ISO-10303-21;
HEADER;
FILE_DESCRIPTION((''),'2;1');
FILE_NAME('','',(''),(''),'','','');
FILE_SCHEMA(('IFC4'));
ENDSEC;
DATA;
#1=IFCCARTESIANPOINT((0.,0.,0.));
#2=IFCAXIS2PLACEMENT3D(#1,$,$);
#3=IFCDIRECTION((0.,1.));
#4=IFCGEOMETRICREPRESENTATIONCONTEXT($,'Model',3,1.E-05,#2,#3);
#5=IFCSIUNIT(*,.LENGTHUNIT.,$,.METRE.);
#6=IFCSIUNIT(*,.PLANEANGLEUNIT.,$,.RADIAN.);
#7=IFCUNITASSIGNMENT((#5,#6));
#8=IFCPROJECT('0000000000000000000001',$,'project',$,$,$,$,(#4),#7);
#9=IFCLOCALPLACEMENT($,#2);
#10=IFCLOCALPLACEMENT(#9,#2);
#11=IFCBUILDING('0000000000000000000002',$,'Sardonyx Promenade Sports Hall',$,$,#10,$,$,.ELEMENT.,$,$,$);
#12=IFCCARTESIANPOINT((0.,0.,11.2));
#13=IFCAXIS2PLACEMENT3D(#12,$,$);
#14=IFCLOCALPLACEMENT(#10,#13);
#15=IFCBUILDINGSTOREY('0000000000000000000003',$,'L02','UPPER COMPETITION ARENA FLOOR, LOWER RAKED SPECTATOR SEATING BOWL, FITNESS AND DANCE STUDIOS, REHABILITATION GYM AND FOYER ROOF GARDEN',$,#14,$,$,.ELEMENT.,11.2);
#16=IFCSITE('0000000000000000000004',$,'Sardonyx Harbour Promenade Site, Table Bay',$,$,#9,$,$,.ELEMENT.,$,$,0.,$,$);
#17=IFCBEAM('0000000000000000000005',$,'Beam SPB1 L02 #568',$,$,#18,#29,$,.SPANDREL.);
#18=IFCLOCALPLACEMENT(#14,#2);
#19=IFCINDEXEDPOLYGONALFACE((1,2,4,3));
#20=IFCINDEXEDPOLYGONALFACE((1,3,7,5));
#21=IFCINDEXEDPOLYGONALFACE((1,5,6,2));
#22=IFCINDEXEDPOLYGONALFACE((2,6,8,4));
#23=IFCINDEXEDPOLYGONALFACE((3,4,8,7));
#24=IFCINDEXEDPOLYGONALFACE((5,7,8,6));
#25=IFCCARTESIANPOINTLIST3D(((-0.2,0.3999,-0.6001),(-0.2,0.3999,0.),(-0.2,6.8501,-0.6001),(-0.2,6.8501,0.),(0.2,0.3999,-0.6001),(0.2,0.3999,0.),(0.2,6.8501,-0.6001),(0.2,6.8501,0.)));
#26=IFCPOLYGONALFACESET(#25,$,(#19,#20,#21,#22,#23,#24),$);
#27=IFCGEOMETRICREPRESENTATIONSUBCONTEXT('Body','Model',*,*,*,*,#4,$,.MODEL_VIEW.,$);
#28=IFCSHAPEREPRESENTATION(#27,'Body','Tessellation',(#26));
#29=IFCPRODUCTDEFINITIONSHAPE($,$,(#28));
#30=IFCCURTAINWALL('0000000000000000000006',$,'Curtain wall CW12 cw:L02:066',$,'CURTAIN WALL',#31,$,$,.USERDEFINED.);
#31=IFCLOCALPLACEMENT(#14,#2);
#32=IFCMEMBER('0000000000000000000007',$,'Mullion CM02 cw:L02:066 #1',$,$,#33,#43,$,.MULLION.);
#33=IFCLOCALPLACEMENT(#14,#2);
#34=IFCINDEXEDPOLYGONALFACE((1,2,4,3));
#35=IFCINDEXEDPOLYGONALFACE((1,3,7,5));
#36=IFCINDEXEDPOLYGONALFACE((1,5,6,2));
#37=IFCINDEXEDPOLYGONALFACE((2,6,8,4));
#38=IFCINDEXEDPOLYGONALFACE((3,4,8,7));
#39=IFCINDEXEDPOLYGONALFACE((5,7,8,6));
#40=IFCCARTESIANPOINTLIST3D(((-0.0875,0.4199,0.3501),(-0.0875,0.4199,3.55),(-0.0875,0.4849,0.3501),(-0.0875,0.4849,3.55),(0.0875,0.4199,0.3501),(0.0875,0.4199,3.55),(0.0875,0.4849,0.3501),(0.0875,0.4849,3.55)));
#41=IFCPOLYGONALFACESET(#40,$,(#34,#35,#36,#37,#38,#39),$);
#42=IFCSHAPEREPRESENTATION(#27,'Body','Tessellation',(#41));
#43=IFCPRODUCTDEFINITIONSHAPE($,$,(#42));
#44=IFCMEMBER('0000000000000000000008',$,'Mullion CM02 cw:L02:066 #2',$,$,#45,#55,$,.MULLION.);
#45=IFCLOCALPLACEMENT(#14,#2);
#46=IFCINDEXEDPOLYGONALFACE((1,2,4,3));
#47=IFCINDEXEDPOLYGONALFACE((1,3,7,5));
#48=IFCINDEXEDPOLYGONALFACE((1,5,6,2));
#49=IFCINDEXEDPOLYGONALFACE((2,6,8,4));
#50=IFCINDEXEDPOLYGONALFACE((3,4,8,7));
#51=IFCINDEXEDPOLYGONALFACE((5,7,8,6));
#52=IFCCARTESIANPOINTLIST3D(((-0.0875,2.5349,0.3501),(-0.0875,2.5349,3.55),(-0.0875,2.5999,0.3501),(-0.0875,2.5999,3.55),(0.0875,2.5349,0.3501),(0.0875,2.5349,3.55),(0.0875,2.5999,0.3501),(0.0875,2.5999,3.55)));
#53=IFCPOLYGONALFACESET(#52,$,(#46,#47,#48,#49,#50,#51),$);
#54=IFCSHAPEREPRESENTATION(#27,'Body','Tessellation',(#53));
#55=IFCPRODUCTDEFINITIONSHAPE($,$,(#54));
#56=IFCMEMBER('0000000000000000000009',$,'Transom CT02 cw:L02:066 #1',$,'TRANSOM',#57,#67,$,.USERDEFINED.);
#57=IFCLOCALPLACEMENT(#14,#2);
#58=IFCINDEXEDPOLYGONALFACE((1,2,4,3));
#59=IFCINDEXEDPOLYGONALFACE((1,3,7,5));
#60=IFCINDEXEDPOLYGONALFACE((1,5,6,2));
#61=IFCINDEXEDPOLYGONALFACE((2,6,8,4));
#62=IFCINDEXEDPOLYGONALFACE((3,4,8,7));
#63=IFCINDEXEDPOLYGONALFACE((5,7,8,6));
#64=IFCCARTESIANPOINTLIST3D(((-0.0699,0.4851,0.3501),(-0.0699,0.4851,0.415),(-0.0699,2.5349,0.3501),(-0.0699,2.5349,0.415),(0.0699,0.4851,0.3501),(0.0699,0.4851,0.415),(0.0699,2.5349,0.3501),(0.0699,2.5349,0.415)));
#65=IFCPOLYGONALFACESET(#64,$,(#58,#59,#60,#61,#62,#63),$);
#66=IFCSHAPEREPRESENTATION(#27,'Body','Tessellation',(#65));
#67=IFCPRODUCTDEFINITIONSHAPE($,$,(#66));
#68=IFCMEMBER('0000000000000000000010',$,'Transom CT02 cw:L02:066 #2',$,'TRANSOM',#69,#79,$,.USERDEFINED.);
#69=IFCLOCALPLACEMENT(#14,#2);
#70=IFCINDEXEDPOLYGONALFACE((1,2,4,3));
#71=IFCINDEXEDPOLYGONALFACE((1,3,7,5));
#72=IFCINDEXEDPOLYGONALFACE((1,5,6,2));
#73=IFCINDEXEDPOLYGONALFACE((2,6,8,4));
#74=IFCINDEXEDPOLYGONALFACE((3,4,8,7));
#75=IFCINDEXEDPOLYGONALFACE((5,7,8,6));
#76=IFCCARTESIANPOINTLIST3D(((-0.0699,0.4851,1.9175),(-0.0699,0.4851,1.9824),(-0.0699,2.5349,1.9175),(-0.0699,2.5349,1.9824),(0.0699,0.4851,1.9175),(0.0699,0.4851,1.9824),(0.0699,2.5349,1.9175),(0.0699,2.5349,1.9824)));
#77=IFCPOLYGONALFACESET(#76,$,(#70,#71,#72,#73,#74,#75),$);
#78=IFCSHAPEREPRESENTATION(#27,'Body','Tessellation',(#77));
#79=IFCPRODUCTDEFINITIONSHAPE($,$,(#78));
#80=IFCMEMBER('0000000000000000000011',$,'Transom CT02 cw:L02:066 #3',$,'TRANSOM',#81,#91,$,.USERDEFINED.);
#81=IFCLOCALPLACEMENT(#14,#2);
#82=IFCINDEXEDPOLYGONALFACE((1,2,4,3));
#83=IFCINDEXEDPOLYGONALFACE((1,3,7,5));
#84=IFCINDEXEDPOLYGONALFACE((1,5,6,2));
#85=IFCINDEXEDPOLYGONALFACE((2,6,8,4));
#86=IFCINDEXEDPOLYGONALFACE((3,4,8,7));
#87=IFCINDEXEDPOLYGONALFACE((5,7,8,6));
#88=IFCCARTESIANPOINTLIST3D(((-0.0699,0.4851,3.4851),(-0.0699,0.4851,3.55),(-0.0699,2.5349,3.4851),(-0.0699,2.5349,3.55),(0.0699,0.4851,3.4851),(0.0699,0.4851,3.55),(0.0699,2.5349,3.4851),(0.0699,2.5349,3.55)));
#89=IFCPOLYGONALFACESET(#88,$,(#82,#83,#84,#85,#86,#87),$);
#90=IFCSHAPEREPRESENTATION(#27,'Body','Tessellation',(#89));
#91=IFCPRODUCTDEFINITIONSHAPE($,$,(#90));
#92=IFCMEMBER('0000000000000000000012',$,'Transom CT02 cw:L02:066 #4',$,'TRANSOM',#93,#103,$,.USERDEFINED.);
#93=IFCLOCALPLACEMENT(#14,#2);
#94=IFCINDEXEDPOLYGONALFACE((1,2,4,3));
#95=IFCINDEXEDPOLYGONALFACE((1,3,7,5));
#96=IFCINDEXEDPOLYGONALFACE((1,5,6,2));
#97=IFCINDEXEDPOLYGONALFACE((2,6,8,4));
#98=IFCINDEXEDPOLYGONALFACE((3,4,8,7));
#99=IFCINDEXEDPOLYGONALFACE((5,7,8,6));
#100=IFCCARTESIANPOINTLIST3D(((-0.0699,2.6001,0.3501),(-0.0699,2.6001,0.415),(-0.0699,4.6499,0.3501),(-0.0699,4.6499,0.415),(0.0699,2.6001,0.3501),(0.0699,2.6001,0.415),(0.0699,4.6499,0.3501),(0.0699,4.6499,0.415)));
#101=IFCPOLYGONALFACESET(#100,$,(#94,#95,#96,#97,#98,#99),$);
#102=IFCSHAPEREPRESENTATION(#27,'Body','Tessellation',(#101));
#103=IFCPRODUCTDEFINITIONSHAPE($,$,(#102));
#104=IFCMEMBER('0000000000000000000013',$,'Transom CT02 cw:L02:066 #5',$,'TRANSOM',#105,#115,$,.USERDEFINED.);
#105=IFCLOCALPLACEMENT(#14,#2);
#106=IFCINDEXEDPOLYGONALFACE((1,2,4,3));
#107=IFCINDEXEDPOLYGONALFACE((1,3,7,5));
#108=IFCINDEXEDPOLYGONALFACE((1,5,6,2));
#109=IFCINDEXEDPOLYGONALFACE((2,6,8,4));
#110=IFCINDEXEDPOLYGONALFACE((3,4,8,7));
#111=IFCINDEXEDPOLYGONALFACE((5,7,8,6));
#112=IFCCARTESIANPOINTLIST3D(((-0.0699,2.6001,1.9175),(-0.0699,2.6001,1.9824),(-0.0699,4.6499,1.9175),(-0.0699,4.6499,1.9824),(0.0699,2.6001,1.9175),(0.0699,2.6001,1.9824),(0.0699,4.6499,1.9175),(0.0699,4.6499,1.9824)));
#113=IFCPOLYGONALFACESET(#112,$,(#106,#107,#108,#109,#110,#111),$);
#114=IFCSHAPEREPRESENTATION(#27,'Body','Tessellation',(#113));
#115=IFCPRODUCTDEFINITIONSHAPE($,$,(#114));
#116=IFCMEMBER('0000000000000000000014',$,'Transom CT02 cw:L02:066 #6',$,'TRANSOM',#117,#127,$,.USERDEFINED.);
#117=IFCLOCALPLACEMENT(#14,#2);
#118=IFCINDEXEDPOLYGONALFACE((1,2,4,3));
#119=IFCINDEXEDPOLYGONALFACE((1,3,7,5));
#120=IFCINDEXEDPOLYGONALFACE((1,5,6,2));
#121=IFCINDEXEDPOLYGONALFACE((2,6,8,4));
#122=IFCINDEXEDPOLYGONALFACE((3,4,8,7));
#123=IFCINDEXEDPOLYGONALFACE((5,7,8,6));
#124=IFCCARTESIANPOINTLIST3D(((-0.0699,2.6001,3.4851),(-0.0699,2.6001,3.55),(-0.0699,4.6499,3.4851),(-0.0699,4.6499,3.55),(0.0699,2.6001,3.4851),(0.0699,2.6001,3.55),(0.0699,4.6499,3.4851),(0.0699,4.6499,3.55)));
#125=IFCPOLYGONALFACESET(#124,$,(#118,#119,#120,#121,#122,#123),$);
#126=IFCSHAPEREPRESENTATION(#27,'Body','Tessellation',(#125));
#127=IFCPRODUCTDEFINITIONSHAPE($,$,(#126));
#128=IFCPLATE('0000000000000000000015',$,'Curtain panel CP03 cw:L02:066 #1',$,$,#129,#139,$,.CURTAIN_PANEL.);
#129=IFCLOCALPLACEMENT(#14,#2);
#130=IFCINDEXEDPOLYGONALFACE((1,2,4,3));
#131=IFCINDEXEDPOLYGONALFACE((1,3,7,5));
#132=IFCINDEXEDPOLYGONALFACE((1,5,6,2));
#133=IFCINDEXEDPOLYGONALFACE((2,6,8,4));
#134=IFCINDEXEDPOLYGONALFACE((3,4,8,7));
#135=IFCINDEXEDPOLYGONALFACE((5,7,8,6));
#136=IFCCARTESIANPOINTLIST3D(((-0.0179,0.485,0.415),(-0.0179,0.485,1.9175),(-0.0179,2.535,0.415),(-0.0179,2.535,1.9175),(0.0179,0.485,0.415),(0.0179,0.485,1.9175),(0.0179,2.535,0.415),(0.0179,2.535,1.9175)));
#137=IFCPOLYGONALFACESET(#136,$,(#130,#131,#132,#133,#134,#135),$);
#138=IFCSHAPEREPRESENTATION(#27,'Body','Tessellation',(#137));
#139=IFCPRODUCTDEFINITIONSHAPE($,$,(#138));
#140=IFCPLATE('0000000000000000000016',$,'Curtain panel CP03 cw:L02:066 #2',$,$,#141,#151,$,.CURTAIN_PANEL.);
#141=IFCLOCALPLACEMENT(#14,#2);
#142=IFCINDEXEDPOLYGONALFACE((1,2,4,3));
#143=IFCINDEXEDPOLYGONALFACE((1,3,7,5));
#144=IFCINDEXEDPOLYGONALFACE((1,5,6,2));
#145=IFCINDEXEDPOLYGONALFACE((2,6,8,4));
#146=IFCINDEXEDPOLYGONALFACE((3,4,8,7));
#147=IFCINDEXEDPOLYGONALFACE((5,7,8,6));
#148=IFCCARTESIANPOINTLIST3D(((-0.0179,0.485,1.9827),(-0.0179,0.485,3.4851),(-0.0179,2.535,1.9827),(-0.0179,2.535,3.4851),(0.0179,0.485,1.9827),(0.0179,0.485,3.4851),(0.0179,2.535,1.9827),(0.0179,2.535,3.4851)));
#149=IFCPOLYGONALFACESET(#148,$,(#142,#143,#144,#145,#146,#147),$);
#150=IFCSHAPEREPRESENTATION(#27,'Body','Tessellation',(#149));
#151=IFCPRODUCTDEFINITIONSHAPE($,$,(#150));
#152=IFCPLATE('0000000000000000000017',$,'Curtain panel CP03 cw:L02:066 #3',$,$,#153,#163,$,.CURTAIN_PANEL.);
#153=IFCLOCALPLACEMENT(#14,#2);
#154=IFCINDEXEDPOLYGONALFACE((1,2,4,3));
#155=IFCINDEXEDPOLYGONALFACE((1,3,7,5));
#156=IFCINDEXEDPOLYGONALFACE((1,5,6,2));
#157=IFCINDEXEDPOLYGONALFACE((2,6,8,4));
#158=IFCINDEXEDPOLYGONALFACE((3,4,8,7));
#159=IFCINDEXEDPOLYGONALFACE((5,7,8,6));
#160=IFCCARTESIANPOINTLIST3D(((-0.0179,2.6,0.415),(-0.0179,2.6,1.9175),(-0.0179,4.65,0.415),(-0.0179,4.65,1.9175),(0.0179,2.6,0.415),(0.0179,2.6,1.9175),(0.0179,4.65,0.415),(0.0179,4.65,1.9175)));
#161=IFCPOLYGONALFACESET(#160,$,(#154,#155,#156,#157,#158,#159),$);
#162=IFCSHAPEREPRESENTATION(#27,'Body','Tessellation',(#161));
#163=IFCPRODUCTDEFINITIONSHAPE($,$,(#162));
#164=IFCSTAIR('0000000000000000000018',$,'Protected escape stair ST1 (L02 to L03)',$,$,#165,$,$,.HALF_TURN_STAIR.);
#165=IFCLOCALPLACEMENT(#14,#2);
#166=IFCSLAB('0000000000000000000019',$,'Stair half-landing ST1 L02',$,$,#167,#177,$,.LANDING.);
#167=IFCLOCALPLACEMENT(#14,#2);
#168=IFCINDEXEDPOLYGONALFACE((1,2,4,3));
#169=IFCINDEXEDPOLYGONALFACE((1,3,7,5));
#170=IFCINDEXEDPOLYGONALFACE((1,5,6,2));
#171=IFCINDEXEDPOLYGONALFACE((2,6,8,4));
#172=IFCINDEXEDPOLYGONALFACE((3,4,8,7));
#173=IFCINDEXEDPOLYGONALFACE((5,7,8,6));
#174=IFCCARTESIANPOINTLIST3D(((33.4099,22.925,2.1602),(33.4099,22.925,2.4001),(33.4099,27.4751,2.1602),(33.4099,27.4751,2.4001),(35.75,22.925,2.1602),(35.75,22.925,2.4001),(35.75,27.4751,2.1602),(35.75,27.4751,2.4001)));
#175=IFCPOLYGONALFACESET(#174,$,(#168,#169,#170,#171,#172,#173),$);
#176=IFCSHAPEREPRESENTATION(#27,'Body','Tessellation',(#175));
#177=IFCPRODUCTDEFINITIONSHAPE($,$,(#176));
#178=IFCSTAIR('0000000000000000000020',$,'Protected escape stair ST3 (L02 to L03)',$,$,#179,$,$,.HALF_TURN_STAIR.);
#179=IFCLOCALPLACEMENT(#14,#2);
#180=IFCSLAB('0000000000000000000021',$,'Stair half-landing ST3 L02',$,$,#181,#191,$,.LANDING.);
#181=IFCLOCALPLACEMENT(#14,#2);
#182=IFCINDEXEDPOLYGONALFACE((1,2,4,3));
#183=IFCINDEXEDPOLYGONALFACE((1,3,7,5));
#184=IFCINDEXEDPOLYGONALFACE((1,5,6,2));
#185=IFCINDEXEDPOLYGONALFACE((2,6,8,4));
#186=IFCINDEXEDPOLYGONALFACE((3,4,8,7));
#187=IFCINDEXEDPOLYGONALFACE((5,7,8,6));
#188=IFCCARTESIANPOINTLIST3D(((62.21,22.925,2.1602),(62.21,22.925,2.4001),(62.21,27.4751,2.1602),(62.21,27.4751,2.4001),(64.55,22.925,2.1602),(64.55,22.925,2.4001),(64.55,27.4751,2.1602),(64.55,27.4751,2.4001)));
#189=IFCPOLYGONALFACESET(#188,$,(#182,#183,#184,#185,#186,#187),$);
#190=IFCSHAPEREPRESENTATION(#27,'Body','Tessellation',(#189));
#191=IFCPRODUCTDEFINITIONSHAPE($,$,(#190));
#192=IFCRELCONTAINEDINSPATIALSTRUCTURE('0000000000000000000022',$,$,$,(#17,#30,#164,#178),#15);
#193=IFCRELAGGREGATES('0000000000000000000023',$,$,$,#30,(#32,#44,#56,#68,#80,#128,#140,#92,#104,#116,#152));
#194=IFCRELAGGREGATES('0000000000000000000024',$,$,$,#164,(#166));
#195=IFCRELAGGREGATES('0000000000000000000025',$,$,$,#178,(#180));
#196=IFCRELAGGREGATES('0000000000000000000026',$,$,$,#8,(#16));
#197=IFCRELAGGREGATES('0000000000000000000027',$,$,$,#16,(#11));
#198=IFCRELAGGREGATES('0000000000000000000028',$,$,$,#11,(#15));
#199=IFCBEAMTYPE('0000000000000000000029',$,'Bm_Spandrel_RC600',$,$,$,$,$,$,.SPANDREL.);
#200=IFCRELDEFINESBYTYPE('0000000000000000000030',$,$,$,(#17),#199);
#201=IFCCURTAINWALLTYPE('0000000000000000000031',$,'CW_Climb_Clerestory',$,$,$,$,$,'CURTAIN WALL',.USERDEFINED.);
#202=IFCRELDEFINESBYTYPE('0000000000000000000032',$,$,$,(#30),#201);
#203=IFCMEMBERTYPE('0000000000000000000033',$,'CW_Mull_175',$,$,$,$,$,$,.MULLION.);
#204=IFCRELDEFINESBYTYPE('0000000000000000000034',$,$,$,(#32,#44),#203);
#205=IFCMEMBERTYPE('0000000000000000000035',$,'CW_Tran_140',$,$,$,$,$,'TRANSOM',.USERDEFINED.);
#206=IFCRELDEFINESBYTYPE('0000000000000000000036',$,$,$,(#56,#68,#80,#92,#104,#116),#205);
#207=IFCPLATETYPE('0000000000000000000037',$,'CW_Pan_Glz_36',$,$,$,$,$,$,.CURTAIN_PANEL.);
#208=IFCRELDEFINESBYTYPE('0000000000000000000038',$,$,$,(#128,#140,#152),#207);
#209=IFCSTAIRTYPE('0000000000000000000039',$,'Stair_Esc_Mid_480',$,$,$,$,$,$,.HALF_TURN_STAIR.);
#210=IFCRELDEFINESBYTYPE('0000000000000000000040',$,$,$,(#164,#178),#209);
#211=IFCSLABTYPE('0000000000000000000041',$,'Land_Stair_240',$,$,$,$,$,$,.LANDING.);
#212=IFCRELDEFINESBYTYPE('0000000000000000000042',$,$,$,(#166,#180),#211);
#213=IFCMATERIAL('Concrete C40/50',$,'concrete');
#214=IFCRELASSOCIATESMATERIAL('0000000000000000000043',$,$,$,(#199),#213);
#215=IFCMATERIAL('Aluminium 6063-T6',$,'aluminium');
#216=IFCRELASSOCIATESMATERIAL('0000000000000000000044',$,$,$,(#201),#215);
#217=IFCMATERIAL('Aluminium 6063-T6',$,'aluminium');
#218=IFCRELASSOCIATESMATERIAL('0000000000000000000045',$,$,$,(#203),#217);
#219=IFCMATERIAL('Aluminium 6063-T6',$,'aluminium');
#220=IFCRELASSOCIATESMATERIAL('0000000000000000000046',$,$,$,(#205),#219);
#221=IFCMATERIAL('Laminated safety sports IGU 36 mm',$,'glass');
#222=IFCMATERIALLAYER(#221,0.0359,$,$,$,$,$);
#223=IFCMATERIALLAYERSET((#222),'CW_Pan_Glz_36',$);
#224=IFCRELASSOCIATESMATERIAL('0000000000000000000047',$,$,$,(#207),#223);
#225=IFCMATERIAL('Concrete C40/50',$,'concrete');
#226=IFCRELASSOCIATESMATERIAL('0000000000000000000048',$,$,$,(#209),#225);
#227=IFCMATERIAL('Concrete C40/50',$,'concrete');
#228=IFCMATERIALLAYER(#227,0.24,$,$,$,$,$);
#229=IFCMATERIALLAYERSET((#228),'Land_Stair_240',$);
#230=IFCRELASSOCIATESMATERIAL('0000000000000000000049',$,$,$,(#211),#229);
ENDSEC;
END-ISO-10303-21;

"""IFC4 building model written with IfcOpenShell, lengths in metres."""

from ifc_helpers import new_model, si_unit, direction, frame, origin, origin_2d, place, context, subcontext, project, spatial, polyline, rectangle, outline, extrude, material, layer, layer_set, material_profile, profile_set, type_object, element, aggregate, save


model = new_model("IFC4")

# Units and contexts
model_context = context("Model", 3, precision=1e-05, world=origin(), true_north=direction((0.0, 1.0)))
body_context = subcontext(model_context, "Body", "Model", "MODEL_VIEW")
ifc_project = project(units=[si_unit("LENGTHUNIT", "METRE"), si_unit("PLANEANGLEUNIT", "RADIAN")], contexts=[model_context])

# Site, building, storey
site_placement = place(None, origin())
site = spatial("IfcSite", under=ifc_project, at=site_placement, Name="Sardonyx Harbour Promenade Site, Table Bay", CompositionType="ELEMENT", RefElevation=0.0)
building_placement = place(site_placement, origin())
building = spatial("IfcBuilding", under=site, at=building_placement, Name="Sardonyx Promenade Sports Hall", CompositionType="ELEMENT")
storey_placement = place(building_placement, frame((0.0, 0.0, 11.2)))
storey = spatial("IfcBuildingStorey", under=building, at=storey_placement, Name="L02", Description="UPPER COMPETITION ARENA FLOOR, LOWER RAKED SPECTATOR SEATING BOWL, FITNESS AND DANCE STUDIOS, REHABILITATION GYM AND FOYER ROOF GARDEN", CompositionType="ELEMENT", Elevation=11.2)

# Beam
ifc_material_1 = material(Name="Concrete C40/50", Category="concrete")
ifc_material_profile_1 = material_profile(ifc_material_1, rectangle(XDim=0.3999, YDim=0.6001, at=origin_2d()))
ifc_profile_set_1 = profile_set([ifc_material_profile_1], Name="Concrete C40/50")
beam_type = type_object("IfcBeamType", Name="Bm_Spandrel_RC600", PredefinedType="SPANDREL", material=ifc_profile_set_1)
beam_placement = place(storey_placement, frame((0.0, 0.3999, -0.3), z_axis=(0.0, 1.0, 0.0), x_axis=(-1.0, 0.0, 0.0)))
element("IfcBeam", 1, at=beam_placement, inside=storey, type_object=beam_type, Name="Beam SPB1 L02 #568", PredefinedType="SPANDREL", context=body_context, shape_type="SweptSolid", body=[
    extrude(rectangle(XDim=0.3999, YDim=0.6001, at=origin_2d()), origin(), (0.0, 0.0, 1.0), 6.4502),
])

# Curtain wall, members, plates
ifc_material_2 = material(Name="Aluminium 6063-T6", Category="aluminium")
curtain_wall_type = type_object("IfcCurtainWallType", Name="CW_Climb_Clerestory", ElementType="CURTAIN WALL", PredefinedType="USERDEFINED", material=ifc_material_2)
curtain_wall_placement = place(storey_placement, origin())
curtain_wall = element("IfcCurtainWall", 2, at=curtain_wall_placement, inside=storey, type_object=curtain_wall_type, Name="Curtain wall CW12 cw:L02:066", ObjectType="CURTAIN WALL", PredefinedType="USERDEFINED")
ifc_material_3 = material(Name="Aluminium 6063-T6", Category="aluminium")
ifc_material_profile_2 = material_profile(ifc_material_3, rectangle(XDim=0.0649, YDim=0.175, at=origin_2d()))
ifc_profile_set_2 = profile_set([ifc_material_profile_2], Name="Aluminium 6063-T6")
member_type_1 = type_object("IfcMemberType", Name="CW_Mull_175", PredefinedType="MULLION", material=ifc_profile_set_2)
member_1_placement = place(storey_placement, frame((0.0, 0.4524, 0.3501), z_axis=(0.0, 0.0, 1.0), x_axis=(0.0, 1.0, 0.0)))
member_1 = element("IfcMember", 3, at=member_1_placement, type_object=member_type_1, Name="Mullion CM02 cw:L02:066 #1", PredefinedType="MULLION", context=body_context, shape_type="SweptSolid", body=[
    extrude(rectangle(XDim=0.0649, YDim=0.175, at=origin_2d()), origin(), (0.0, 0.0, 1.0), 3.2),
])
member_2_placement = place(storey_placement, frame((0.0, 2.5674, 0.3501), z_axis=(0.0, 0.0, 1.0), x_axis=(0.0, 1.0, 0.0)))
member_2 = element("IfcMember", 4, at=member_2_placement, type_object=member_type_1, Name="Mullion CM02 cw:L02:066 #2", PredefinedType="MULLION", context=body_context, shape_type="SweptSolid", body=[
    extrude(rectangle(XDim=0.0649, YDim=0.175, at=origin_2d()), origin(), (0.0, 0.0, 1.0), 3.2),
])
ifc_material_4 = material(Name="Aluminium 6063-T6", Category="aluminium")
ifc_material_profile_3 = material_profile(ifc_material_4, rectangle(XDim=0.0649, YDim=0.1399, at=origin_2d()))
ifc_profile_set_3 = profile_set([ifc_material_profile_3], Name="Aluminium 6063-T6")
member_type_2 = type_object("IfcMemberType", Name="CW_Tran_140", ElementType="TRANSOM", PredefinedType="USERDEFINED", material=ifc_profile_set_3)
member_3_placement = place(storey_placement, frame((0.0, 0.4851, 0.3826), z_axis=(0.0, 1.0, 0.0), x_axis=(0.0, 0.0, 1.0)))
member_3 = element("IfcMember", 5, at=member_3_placement, type_object=member_type_2, Name="Transom CT02 cw:L02:066 #1", ObjectType="TRANSOM", PredefinedType="USERDEFINED", context=body_context, shape_type="SweptSolid", body=[
    extrude(rectangle(XDim=0.0649, YDim=0.1399, at=origin_2d()), origin(), (0.0, 0.0, 1.0), 2.0498),
])
member_4_placement = place(storey_placement, frame((0.0, 0.4851, 1.95), z_axis=(0.0, 1.0, 0.0), x_axis=(0.0, 0.0, 1.0)))
member_4 = element("IfcMember", 6, at=member_4_placement, type_object=member_type_2, Name="Transom CT02 cw:L02:066 #2", ObjectType="TRANSOM", PredefinedType="USERDEFINED", context=body_context, shape_type="SweptSolid", body=[
    extrude(rectangle(XDim=0.0649, YDim=0.1399, at=origin_2d()), origin(), (0.0, 0.0, 1.0), 2.0498),
])
member_5_placement = place(storey_placement, frame((0.0, 0.4851, 3.5176), z_axis=(0.0, 1.0, 0.0), x_axis=(0.0, 0.0, 1.0)))
member_5 = element("IfcMember", 7, at=member_5_placement, type_object=member_type_2, Name="Transom CT02 cw:L02:066 #3", ObjectType="TRANSOM", PredefinedType="USERDEFINED", context=body_context, shape_type="SweptSolid", body=[
    extrude(rectangle(XDim=0.0649, YDim=0.1399, at=origin_2d()), origin(), (0.0, 0.0, 1.0), 2.0498),
])
member_6_placement = place(storey_placement, frame((0.0, 2.6001, 0.3826), z_axis=(0.0, 1.0, 0.0), x_axis=(0.0, 0.0, 1.0)))
member_6 = element("IfcMember", 8, at=member_6_placement, type_object=member_type_2, Name="Transom CT02 cw:L02:066 #4", ObjectType="TRANSOM", PredefinedType="USERDEFINED", context=body_context, shape_type="SweptSolid", body=[
    extrude(rectangle(XDim=0.0649, YDim=0.1399, at=origin_2d()), origin(), (0.0, 0.0, 1.0), 2.0498),
])
member_7_placement = place(storey_placement, frame((0.0, 2.6001, 1.95), z_axis=(0.0, 1.0, 0.0), x_axis=(0.0, 0.0, 1.0)))
member_7 = element("IfcMember", 9, at=member_7_placement, type_object=member_type_2, Name="Transom CT02 cw:L02:066 #5", ObjectType="TRANSOM", PredefinedType="USERDEFINED", context=body_context, shape_type="SweptSolid", body=[
    extrude(rectangle(XDim=0.0649, YDim=0.1399, at=origin_2d()), origin(), (0.0, 0.0, 1.0), 2.0498),
])
member_8_placement = place(storey_placement, frame((0.0, 2.6001, 3.5176), z_axis=(0.0, 1.0, 0.0), x_axis=(0.0, 0.0, 1.0)))
member_8 = element("IfcMember", 10, at=member_8_placement, type_object=member_type_2, Name="Transom CT02 cw:L02:066 #6", ObjectType="TRANSOM", PredefinedType="USERDEFINED", context=body_context, shape_type="SweptSolid", body=[
    extrude(rectangle(XDim=0.0649, YDim=0.1399, at=origin_2d()), origin(), (0.0, 0.0, 1.0), 2.0498),
])
ifc_material_5 = material(Name="Laminated safety sports IGU 36 mm", Category="glass")
ifc_layer_1 = layer(ifc_material_5, 0.0359)
ifc_layer_set_1 = layer_set([ifc_layer_1], Name="CW_Pan_Glz_36")
plate_type = type_object("IfcPlateType", Name="CW_Pan_Glz_36", PredefinedType="CURTAIN_PANEL", material=ifc_layer_set_1)
plate_1_placement = place(storey_placement, frame((0.0, 1.51, 0.415), z_axis=(0.0, 0.0, 1.0), x_axis=(0.0, 1.0, 0.0)))
plate_1 = element("IfcPlate", 11, at=plate_1_placement, type_object=plate_type, Name="Curtain panel CP03 cw:L02:066 #1", PredefinedType="CURTAIN_PANEL", context=body_context, shape_type="SweptSolid", body=[
    extrude(rectangle(XDim=2.05, YDim=0.0359, at=origin_2d()), origin(), (0.0, 0.0, 1.0), 1.5024),
])
plate_2_placement = place(storey_placement, frame((0.0, 1.51, 1.9827), z_axis=(0.0, 0.0, 1.0), x_axis=(0.0, 1.0, 0.0)))
plate_2 = element("IfcPlate", 12, at=plate_2_placement, type_object=plate_type, Name="Curtain panel CP03 cw:L02:066 #2", PredefinedType="CURTAIN_PANEL", context=body_context, shape_type="SweptSolid", body=[
    extrude(rectangle(XDim=2.05, YDim=0.0359, at=origin_2d()), origin(), (0.0, 0.0, 1.0), 1.5024),
])
plate_3_placement = place(storey_placement, frame((0.0, 3.625, 0.415), z_axis=(0.0, 0.0, 1.0), x_axis=(0.0, 1.0, 0.0)))
plate_3 = element("IfcPlate", 13, at=plate_3_placement, type_object=plate_type, Name="Curtain panel CP03 cw:L02:066 #3", PredefinedType="CURTAIN_PANEL", context=body_context, shape_type="SweptSolid", body=[
    extrude(rectangle(XDim=2.05, YDim=0.0359, at=origin_2d()), origin(), (0.0, 0.0, 1.0), 1.5024),
])
aggregate(curtain_wall, [member_1, member_2, member_3, member_4, member_5, plate_1, plate_2, member_6, member_7, member_8, plate_3])

# Stairs, slabs
ifc_material_6 = material(Name="Concrete C40/50", Category="concrete")
stair_type = type_object("IfcStairType", Name="Stair_Esc_Mid_480", PredefinedType="HALF_TURN_STAIR", material=ifc_material_6)
stair_1_placement = place(storey_placement, origin())
stair_1 = element("IfcStair", 14, at=stair_1_placement, inside=storey, type_object=stair_type, Name="Protected escape stair ST1 (L02 to L03)", PredefinedType="HALF_TURN_STAIR")
ifc_material_7 = material(Name="Concrete C40/50", Category="concrete")
ifc_layer_2 = layer(ifc_material_7, 0.24)
ifc_layer_set_2 = layer_set([ifc_layer_2], Name="Land_Stair_240")
slab_type = type_object("IfcSlabType", Name="Land_Stair_240", PredefinedType="LANDING", material=ifc_layer_set_2)
slab_1_placement = place(storey_placement, frame((0.0, 0.0, 2.1602)))
slab_1 = element("IfcSlab", 15, at=slab_1_placement, type_object=slab_type, Name="Stair half-landing ST1 L02", PredefinedType="LANDING", context=body_context, shape_type="SweptSolid", body=[
    extrude(outline(polyline([(33.4099, 22.925), (35.75, 22.925), (35.75, 27.4751), (33.4099, 27.4751), (33.4099, 22.925)])), origin(), (0.0, 0.0, 1.0), 0.24),
])
aggregate(stair_1, [slab_1])
stair_2_placement = place(storey_placement, origin())
stair_2 = element("IfcStair", 16, at=stair_2_placement, inside=storey, type_object=stair_type, Name="Protected escape stair ST3 (L02 to L03)", PredefinedType="HALF_TURN_STAIR")
slab_2_placement = place(storey_placement, frame((0.0, 0.0, 2.1602)))
slab_2 = element("IfcSlab", 17, at=slab_2_placement, type_object=slab_type, Name="Stair half-landing ST3 L02", PredefinedType="LANDING", context=body_context, shape_type="SweptSolid", body=[
    extrude(outline(polyline([(62.21, 22.925), (64.55, 22.925), (64.55, 27.4751), (62.21, 27.4751), (62.21, 22.925)])), origin(), (0.0, 0.0, 1.0), 0.24),
])
aggregate(stair_2, [slab_2])

save(model, "model.ifc")
